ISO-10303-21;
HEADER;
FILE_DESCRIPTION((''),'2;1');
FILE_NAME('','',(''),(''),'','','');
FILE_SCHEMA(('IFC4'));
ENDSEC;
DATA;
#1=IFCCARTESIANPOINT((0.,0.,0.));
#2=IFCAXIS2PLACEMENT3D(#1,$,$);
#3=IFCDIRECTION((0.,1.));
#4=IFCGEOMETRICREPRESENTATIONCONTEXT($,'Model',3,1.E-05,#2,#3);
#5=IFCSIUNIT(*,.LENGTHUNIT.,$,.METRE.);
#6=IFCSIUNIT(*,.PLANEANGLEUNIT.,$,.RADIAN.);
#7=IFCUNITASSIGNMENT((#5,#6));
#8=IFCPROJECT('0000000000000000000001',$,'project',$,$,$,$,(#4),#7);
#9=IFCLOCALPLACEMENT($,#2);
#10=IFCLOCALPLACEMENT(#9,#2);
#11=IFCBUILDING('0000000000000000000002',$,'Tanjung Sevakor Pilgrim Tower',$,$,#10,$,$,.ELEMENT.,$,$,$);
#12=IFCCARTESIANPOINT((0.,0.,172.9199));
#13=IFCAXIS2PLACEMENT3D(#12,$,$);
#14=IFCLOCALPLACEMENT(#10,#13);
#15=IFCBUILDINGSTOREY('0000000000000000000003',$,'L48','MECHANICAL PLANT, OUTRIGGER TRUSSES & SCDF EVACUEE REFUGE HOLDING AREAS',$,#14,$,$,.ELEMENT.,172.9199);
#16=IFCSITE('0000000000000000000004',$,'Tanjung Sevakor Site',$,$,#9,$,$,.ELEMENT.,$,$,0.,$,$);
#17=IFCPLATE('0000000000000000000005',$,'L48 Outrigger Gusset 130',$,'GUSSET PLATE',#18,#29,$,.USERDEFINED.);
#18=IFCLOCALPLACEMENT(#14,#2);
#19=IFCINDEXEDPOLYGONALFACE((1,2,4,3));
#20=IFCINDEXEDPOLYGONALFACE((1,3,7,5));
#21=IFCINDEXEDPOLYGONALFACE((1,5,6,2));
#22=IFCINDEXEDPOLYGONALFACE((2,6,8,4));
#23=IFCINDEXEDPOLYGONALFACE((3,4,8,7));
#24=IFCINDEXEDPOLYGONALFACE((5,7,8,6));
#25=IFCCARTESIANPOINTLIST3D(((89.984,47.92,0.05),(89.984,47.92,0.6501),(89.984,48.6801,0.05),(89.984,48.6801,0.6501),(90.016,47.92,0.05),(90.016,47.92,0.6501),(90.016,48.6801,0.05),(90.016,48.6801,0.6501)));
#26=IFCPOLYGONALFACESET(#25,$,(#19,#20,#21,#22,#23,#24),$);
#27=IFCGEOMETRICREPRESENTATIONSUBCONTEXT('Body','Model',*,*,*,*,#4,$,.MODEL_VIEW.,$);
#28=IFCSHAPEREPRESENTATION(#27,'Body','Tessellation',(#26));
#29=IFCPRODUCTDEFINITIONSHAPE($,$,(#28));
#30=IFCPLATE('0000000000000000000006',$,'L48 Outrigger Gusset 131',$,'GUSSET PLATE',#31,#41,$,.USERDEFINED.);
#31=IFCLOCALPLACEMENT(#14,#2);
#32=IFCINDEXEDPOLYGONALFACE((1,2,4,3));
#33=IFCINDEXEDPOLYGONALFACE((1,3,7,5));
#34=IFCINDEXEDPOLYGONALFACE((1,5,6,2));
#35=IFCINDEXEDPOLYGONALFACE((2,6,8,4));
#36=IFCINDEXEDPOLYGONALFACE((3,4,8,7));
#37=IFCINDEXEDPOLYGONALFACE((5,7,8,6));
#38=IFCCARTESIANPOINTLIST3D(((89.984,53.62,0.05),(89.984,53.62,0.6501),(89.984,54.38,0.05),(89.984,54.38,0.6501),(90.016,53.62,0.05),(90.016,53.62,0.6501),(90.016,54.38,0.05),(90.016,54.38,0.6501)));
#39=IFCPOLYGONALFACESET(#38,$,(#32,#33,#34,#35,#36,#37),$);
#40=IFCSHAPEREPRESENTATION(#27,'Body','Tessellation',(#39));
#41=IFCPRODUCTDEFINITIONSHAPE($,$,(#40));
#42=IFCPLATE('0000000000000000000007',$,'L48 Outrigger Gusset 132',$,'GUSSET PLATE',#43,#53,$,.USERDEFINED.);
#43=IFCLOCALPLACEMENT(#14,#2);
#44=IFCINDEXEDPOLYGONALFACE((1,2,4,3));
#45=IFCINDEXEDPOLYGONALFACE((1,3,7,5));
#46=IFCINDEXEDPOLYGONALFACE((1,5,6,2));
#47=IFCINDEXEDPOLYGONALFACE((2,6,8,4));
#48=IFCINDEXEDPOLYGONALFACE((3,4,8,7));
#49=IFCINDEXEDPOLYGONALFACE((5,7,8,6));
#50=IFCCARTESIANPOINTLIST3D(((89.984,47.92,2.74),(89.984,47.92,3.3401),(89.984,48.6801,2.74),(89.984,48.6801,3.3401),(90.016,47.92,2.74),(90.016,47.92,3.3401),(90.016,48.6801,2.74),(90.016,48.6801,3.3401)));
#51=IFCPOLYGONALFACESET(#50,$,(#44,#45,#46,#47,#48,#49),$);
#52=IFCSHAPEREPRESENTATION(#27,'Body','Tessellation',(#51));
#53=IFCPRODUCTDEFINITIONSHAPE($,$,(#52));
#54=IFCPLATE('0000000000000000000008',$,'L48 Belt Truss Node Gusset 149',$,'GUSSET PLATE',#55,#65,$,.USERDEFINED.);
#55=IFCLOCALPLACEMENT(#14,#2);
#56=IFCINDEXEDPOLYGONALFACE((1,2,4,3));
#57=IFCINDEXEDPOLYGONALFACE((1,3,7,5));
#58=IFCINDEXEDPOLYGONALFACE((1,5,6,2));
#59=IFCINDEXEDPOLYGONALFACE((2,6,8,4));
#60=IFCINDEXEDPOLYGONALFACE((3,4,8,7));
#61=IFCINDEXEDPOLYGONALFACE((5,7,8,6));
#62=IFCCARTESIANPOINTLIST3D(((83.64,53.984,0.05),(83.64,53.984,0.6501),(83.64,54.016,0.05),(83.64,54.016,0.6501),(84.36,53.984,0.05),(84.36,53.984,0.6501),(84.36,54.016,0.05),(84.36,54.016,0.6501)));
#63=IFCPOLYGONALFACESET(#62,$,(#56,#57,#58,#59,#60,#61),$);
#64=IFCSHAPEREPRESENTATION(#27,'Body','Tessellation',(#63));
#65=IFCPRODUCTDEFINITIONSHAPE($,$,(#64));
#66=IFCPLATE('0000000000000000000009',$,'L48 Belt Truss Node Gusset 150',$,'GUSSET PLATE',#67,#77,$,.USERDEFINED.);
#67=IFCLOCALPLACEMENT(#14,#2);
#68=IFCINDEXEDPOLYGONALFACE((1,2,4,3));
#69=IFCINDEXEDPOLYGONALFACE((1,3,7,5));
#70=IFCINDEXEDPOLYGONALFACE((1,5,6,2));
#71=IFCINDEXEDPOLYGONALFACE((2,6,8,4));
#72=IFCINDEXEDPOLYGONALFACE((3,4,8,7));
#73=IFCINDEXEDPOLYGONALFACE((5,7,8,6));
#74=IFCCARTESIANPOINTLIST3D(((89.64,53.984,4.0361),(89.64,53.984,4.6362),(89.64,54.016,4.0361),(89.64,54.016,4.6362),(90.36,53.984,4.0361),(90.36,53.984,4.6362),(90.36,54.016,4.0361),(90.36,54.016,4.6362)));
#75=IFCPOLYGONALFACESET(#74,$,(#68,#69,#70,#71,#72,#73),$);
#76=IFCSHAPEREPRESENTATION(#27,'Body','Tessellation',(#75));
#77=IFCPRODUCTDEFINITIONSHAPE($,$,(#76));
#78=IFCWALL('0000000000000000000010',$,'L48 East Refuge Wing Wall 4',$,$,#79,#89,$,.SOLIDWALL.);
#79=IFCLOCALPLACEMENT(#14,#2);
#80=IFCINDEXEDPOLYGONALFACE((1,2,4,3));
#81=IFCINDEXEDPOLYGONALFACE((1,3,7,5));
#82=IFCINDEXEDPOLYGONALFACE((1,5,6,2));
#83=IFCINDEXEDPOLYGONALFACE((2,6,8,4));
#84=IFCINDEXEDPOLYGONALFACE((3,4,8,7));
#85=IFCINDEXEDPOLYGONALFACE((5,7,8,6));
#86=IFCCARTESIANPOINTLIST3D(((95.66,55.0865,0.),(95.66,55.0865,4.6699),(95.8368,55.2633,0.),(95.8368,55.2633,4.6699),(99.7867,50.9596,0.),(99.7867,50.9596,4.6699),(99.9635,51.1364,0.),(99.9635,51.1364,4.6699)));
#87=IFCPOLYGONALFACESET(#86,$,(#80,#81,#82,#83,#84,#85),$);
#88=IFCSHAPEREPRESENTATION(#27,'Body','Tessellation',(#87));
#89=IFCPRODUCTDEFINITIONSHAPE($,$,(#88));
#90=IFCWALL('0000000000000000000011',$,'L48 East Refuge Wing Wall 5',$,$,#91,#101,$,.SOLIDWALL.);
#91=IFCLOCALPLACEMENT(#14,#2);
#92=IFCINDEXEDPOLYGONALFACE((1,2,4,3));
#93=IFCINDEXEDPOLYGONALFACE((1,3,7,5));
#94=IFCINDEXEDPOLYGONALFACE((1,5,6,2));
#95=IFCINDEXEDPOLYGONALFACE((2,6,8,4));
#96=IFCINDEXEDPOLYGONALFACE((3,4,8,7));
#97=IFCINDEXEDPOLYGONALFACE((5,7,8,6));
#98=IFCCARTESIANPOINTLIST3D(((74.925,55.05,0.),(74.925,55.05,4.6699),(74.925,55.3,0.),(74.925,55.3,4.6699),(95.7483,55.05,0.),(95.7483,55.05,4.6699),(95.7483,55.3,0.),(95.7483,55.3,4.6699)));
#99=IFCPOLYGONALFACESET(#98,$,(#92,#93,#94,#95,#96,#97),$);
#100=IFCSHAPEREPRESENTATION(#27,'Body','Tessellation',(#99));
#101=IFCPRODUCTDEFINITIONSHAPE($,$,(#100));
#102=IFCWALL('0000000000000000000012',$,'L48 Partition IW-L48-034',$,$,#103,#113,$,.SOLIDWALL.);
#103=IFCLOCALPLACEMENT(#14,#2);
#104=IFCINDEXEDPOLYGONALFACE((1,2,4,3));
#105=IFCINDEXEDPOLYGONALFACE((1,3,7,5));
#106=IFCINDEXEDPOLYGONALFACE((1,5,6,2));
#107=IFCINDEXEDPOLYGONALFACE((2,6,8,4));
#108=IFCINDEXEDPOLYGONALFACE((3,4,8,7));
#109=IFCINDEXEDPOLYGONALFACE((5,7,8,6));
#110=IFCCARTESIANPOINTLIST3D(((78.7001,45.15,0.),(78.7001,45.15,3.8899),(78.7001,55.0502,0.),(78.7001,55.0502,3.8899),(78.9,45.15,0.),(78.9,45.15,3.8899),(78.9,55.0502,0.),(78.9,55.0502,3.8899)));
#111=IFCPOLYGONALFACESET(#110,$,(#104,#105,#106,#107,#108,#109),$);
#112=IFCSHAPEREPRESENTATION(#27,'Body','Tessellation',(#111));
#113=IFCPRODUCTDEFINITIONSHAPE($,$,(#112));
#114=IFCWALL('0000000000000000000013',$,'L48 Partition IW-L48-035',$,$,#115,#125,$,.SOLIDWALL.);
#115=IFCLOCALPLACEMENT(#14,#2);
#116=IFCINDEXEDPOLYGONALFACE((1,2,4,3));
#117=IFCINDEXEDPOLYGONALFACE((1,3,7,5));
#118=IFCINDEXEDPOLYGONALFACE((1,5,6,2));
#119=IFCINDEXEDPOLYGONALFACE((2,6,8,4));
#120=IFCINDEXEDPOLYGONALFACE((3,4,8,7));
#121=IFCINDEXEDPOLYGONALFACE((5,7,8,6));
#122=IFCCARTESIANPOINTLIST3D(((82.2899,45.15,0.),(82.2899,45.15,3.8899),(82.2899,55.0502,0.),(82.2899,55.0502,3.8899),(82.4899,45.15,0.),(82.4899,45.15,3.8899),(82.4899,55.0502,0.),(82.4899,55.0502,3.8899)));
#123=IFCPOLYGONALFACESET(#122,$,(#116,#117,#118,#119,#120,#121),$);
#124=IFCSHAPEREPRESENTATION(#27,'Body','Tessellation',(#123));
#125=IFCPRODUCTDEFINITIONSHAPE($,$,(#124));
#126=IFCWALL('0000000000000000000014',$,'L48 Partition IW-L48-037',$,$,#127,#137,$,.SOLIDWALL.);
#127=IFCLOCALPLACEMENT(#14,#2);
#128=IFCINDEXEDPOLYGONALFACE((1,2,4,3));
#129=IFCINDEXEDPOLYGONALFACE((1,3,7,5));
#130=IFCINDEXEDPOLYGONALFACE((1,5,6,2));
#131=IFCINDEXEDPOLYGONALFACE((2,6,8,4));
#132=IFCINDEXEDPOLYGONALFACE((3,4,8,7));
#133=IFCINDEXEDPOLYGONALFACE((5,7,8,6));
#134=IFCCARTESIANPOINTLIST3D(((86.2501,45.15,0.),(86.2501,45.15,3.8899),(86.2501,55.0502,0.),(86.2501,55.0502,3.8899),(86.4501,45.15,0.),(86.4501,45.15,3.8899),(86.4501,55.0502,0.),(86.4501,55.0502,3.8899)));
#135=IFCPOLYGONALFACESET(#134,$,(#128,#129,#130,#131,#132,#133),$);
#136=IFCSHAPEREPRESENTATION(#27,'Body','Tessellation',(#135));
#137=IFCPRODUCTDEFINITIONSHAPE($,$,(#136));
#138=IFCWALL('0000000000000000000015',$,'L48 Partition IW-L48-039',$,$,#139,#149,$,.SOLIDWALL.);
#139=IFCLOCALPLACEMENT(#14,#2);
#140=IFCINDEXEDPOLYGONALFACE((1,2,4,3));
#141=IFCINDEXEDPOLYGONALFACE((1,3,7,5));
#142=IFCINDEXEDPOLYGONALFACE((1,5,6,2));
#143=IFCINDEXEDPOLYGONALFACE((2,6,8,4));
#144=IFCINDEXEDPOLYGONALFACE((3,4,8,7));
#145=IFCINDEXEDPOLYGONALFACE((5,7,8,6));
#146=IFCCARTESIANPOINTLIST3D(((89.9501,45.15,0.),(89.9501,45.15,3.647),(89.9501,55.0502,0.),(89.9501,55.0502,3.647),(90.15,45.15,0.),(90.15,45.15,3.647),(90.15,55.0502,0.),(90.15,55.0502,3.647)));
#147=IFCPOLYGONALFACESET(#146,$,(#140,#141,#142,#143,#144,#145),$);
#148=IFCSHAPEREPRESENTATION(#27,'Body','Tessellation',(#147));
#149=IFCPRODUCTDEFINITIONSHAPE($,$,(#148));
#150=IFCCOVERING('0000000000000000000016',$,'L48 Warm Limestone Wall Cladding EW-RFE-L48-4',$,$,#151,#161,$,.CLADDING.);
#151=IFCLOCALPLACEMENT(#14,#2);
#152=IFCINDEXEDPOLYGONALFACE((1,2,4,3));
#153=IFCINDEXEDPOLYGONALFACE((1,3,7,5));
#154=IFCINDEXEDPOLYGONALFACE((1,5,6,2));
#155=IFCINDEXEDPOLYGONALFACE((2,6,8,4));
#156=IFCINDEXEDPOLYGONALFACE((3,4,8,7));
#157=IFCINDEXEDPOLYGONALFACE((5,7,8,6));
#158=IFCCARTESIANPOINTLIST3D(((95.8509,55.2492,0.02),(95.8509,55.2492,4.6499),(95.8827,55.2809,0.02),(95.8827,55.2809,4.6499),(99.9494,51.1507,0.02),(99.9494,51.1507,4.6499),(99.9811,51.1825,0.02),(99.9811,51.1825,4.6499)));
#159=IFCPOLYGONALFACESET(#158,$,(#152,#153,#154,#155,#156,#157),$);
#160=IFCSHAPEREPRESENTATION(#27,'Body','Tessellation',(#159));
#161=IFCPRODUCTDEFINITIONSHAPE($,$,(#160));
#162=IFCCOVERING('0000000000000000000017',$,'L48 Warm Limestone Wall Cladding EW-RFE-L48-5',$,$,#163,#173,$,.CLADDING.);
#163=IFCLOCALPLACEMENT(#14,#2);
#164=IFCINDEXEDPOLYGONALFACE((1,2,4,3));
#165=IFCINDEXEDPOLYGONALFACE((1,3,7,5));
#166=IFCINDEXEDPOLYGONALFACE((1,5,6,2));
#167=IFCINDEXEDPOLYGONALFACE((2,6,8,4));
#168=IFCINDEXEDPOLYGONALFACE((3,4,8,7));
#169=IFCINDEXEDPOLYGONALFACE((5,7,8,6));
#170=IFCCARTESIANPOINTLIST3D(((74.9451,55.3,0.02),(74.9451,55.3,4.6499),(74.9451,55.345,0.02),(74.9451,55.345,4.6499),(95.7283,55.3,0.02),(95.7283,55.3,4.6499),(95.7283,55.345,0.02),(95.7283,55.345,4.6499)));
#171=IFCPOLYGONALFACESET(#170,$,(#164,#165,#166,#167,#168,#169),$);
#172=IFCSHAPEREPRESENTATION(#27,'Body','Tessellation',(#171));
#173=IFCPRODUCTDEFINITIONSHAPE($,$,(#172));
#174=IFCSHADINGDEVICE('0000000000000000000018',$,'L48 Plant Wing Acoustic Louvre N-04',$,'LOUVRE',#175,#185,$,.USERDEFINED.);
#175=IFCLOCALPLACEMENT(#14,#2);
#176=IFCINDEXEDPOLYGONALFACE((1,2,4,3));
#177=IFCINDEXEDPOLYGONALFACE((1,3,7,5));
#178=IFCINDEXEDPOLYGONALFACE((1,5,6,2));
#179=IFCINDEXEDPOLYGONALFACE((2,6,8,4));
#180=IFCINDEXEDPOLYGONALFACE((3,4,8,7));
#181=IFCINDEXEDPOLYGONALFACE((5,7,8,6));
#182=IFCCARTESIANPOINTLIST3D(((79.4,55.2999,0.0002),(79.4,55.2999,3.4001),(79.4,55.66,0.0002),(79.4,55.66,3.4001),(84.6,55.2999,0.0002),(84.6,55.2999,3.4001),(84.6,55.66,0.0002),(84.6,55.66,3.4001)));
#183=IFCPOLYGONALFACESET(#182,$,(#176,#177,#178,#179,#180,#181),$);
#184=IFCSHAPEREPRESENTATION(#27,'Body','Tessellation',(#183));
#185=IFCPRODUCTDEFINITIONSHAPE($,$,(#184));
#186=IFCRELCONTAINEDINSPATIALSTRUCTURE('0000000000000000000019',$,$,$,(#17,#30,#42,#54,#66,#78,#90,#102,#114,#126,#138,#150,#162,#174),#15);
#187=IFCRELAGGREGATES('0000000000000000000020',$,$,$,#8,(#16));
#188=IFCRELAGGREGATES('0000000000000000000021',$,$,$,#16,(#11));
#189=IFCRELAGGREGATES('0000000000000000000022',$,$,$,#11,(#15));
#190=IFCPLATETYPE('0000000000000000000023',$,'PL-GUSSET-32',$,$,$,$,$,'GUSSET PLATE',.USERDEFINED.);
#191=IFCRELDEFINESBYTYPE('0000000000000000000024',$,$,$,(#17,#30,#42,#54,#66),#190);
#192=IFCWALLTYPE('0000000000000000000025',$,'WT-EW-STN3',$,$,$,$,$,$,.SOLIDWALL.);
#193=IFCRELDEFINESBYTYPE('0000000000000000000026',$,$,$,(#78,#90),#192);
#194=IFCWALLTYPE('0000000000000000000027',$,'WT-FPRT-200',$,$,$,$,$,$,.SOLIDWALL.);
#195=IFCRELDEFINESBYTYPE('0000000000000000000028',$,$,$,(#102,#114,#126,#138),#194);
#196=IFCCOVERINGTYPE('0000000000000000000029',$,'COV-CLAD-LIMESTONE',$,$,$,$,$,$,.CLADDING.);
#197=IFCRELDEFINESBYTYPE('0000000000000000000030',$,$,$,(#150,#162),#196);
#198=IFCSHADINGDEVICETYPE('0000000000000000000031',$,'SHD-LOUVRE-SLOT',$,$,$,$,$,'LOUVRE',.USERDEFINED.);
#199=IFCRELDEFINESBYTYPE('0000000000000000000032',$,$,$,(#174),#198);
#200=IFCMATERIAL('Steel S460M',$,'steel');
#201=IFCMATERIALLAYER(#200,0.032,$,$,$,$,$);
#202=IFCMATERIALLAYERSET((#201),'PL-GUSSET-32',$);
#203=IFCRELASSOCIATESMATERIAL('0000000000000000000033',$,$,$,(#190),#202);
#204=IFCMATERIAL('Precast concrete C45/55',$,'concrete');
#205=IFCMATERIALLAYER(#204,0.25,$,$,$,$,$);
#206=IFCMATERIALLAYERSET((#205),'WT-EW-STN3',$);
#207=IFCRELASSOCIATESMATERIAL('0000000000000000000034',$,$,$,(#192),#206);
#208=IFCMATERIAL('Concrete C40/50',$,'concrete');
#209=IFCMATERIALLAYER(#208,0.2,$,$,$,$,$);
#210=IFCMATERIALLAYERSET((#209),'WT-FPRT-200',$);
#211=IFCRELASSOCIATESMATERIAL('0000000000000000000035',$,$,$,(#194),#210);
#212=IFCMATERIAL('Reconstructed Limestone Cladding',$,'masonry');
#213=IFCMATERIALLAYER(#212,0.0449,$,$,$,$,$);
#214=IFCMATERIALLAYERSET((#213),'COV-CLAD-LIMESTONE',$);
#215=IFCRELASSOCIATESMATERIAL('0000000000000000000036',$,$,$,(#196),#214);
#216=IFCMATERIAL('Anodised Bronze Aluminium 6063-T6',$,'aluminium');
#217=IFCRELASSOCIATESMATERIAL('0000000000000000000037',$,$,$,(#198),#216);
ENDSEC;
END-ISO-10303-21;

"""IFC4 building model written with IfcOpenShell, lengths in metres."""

from ifc_helpers import new_model, si_unit, direction, frame, frame_2d, origin, origin_2d, place, context, subcontext, project, spatial, rectangle, extrude, material, layer, layer_set, type_object, element, save


model = new_model("IFC4")

# Units and contexts
model_context = context("Model", 3, precision=1e-05, world=origin(), true_north=direction((0.0, 1.0)))
body_context = subcontext(model_context, "Body", "Model", "MODEL_VIEW")
ifc_project = project(units=[si_unit("LENGTHUNIT", "METRE"), si_unit("PLANEANGLEUNIT", "RADIAN")], contexts=[model_context])

# Site, building, storey
site_placement = place(None, origin())
site = spatial("IfcSite", under=ifc_project, at=site_placement, Name="Tanjung Sevakor Site", CompositionType="ELEMENT", RefElevation=0.0)
building_placement = place(site_placement, origin())
building = spatial("IfcBuilding", under=site, at=building_placement, Name="Tanjung Sevakor Pilgrim Tower", CompositionType="ELEMENT")
storey_placement = place(building_placement, frame((0.0, 0.0, 172.9199)))
storey = spatial("IfcBuildingStorey", under=building, at=storey_placement, Name="L48", Description="MECHANICAL PLANT, OUTRIGGER TRUSSES & SCDF EVACUEE REFUGE HOLDING AREAS", CompositionType="ELEMENT", Elevation=172.9199)

# Plates
ifc_material_1 = material(Name="Steel S460M", Category="steel")
ifc_layer_1 = layer(ifc_material_1, 0.032)
ifc_layer_set_1 = layer_set([ifc_layer_1], Name="PL-GUSSET-32")
plate_type_1 = type_object("IfcPlateType", Name="PL-GUSSET-32", ElementType="GUSSET PLATE", PredefinedType="USERDEFINED", material=ifc_layer_set_1)
for number, where, z_axis, x_axis, name in (
    (1, (90.0, 48.3, 0.05), (0.0, 0.0, 1.0), (1.0, 0.0, 0.0), "L48 Outrigger Gusset 130"),
    (2, (90.0, 54.0, 0.05), (0.0, 0.0, 1.0), (1.0, 0.0, 0.0), "L48 Outrigger Gusset 131"),
    (3, (90.0, 48.3, 2.74), (0.0, 0.0, 1.0), (1.0, 0.0, 0.0), "L48 Outrigger Gusset 132"),
):
    element("IfcPlate", number, at=place(storey_placement, frame(where, z_axis=z_axis, x_axis=x_axis)), inside=storey, type_object=plate_type_1, Name=name, ObjectType="GUSSET PLATE", PredefinedType="USERDEFINED", context=body_context, shape_type="SweptSolid", body=[
        extrude(rectangle(XDim=0.032, YDim=0.76, at=origin_2d()), origin(), (0.0, 0.0, 1.0), 0.6001),
    ])
for number, where, z_axis, x_axis, name in (
    (4, (84.0, 54.0, 0.05), (0.0, 0.0, 1.0), (1.0, 0.0, 0.0), "L48 Belt Truss Node Gusset 149"),
    (5, (90.0, 54.0, 4.0361), (0.0, 0.0, 1.0), (1.0, 0.0, 0.0), "L48 Belt Truss Node Gusset 150"),
):
    element("IfcPlate", number, at=place(storey_placement, frame(where, z_axis=z_axis, x_axis=x_axis)), inside=storey, type_object=plate_type_1, Name=name, ObjectType="GUSSET PLATE", PredefinedType="USERDEFINED", context=body_context, shape_type="SweptSolid", body=[
        extrude(rectangle(XDim=0.72, YDim=0.032, at=origin_2d()), origin(), (0.0, 0.0, 1.0), 0.6001),
    ])

# Walls
ifc_material_2 = material(Name="Precast concrete C45/55", Category="concrete")
ifc_layer_2 = layer(ifc_material_2, 0.25)
ifc_layer_set_2 = layer_set([ifc_layer_2], Name="WT-EW-STN3")
wall_type_1 = type_object("IfcWallType", Name="WT-EW-STN3", PredefinedType="SOLIDWALL", material=ifc_layer_set_2)
wall_1_placement = place(storey_placement, frame((99.875, 51.0481, 0.0), z_axis=(0.0, 0.0, 1.0), x_axis=(-0.707086, 0.707128, 0.0)))
element("IfcWall", 6, at=wall_1_placement, inside=storey, type_object=wall_type_1, Name="L48 East Refuge Wing Wall 4", PredefinedType="SOLIDWALL", context=body_context, shape_type="SweptSolid", body=[
    extrude(rectangle(XDim=5.8362, YDim=0.25, at=frame_2d((2.918, 0.0))), origin(), (0.0, 0.0, 1.0), 4.6699),
])
wall_2_placement = place(storey_placement, frame((95.7483, 55.175, 0.0), z_axis=(0.0, 0.0, 1.0), x_axis=(-1.0, 0.0, 0.0)))
element("IfcWall", 7, at=wall_2_placement, inside=storey, type_object=wall_type_1, Name="L48 East Refuge Wing Wall 5", PredefinedType="SOLIDWALL", context=body_context, shape_type="SweptSolid", body=[
    extrude(rectangle(XDim=20.8232, YDim=0.25, at=frame_2d((10.4116, 0.0))), origin(), (0.0, 0.0, 1.0), 4.6699),
])

# Shared definitions
ifc_material_3 = material(Name="Concrete C40/50", Category="concrete")
ifc_layer_3 = layer(ifc_material_3, 0.2)
ifc_layer_set_3 = layer_set([ifc_layer_3], Name="WT-FPRT-200")
wall_type_2 = type_object("IfcWallType", Name="WT-FPRT-200", PredefinedType="SOLIDWALL", material=ifc_layer_set_3)

# Walls
for number, where, z_axis, x_axis, name in (
    (8, (78.8, 45.1499, 0.0), (0.0, 0.0, 1.0), (0.0, 1.0, 0.0), "L48 Partition IW-L48-034"),
    (9, (82.3899, 45.1499, 0.0), (0.0, 0.0, 1.0), (0.0, 1.0, 0.0), "L48 Partition IW-L48-035"),
):
    element("IfcWall", number, at=place(storey_placement, frame(where, z_axis=z_axis, x_axis=x_axis)), inside=storey, type_object=wall_type_2, Name=name, PredefinedType="SOLIDWALL", context=body_context, shape_type="SweptSolid", body=[
        extrude(rectangle(XDim=9.9001, YDim=0.2, at=frame_2d((4.9502, 0.0))), origin(), (0.0, 0.0, 1.0), 3.8899),
    ])

# Wall
wall_3_placement = place(storey_placement, frame((86.3501, 45.1499, 0.0), z_axis=(0.0, 0.0, 1.0), x_axis=(0.0, 1.0, 0.0)))
element("IfcWall", 10, at=wall_3_placement, inside=storey, type_object=wall_type_2, Name="L48 Partition IW-L48-037", PredefinedType="SOLIDWALL", context=body_context, shape_type="SweptSolid", body=[
    extrude(rectangle(XDim=9.9001, YDim=0.2, at=frame_2d((4.9502, 0.0))), origin(), (0.0, 0.0, 1.0), 3.8899),
])

# Wall
wall_4_placement = place(storey_placement, frame((90.05, 45.1499, 0.0), z_axis=(0.0, 0.0, 1.0), x_axis=(0.0, 1.0, 0.0)))
element("IfcWall", 11, at=wall_4_placement, inside=storey, type_object=wall_type_2, Name="L48 Partition IW-L48-039", PredefinedType="SOLIDWALL", context=body_context, shape_type="SweptSolid", body=[
    extrude(rectangle(XDim=9.9001, YDim=0.2, at=frame_2d((4.9502, 0.0))), origin(), (0.0, 0.0, 1.0), 3.647),
])

# Coverings
ifc_material_4 = material(Name="Reconstructed Limestone Cladding", Category="masonry")
ifc_layer_4 = layer(ifc_material_4, 0.0449)
ifc_layer_set_4 = layer_set([ifc_layer_4], Name="COV-CLAD-LIMESTONE")
covering_type = type_object("IfcCoveringType", Name="COV-CLAD-LIMESTONE", PredefinedType="CLADDING", material=ifc_layer_set_4)
covering_1_placement = place(storey_placement, frame((97.916, 53.2158, 0.02), z_axis=(0.0, 0.0, 1.0), x_axis=(-0.707107, 0.707107, 0.0)))
element("IfcCovering", 12, at=covering_1_placement, inside=storey, type_object=covering_type, Name="L48 Warm Limestone Wall Cladding EW-RFE-L48-4", PredefinedType="CLADDING", context=body_context, shape_type="SweptSolid", body=[
    extrude(rectangle(XDim=5.7961, YDim=0.0449, at=origin_2d()), origin(), (0.0, 0.0, 1.0), 4.6299),
])
covering_2_placement = place(storey_placement, frame((85.3367, 55.3225, 0.02), z_axis=(0.0, 0.0, 1.0), x_axis=(-1.0, 0.0, 0.0)))
element("IfcCovering", 13, at=covering_2_placement, inside=storey, type_object=covering_type, Name="L48 Warm Limestone Wall Cladding EW-RFE-L48-5", PredefinedType="CLADDING", context=body_context, shape_type="SweptSolid", body=[
    extrude(rectangle(XDim=20.7832, YDim=0.0449, at=origin_2d()), origin(), (0.0, 0.0, 1.0), 4.6299),
])

# Shading device
ifc_material_5 = material(Name="Anodised Bronze Aluminium 6063-T6", Category="aluminium")
shading_device_type = type_object("IfcShadingDeviceType", Name="SHD-LOUVRE-SLOT", ElementType="LOUVRE", PredefinedType="USERDEFINED", material=ifc_material_5)
shading_device_placement = place(storey_placement, frame((82.0, 55.48, 0.0002), z_axis=(0.0, 0.0, 1.0), x_axis=(1.0, 0.0, 0.0)))
element("IfcShadingDevice", 14, at=shading_device_placement, inside=storey, type_object=shading_device_type, Name="L48 Plant Wing Acoustic Louvre N-04", ObjectType="LOUVRE", PredefinedType="USERDEFINED", context=body_context, shape_type="SweptSolid", body=[
    extrude(rectangle(XDim=5.2, YDim=0.3601, at=origin_2d()), origin(), (0.0, 0.0, 1.0), 3.3999),
])

save(model, "model.ifc")
